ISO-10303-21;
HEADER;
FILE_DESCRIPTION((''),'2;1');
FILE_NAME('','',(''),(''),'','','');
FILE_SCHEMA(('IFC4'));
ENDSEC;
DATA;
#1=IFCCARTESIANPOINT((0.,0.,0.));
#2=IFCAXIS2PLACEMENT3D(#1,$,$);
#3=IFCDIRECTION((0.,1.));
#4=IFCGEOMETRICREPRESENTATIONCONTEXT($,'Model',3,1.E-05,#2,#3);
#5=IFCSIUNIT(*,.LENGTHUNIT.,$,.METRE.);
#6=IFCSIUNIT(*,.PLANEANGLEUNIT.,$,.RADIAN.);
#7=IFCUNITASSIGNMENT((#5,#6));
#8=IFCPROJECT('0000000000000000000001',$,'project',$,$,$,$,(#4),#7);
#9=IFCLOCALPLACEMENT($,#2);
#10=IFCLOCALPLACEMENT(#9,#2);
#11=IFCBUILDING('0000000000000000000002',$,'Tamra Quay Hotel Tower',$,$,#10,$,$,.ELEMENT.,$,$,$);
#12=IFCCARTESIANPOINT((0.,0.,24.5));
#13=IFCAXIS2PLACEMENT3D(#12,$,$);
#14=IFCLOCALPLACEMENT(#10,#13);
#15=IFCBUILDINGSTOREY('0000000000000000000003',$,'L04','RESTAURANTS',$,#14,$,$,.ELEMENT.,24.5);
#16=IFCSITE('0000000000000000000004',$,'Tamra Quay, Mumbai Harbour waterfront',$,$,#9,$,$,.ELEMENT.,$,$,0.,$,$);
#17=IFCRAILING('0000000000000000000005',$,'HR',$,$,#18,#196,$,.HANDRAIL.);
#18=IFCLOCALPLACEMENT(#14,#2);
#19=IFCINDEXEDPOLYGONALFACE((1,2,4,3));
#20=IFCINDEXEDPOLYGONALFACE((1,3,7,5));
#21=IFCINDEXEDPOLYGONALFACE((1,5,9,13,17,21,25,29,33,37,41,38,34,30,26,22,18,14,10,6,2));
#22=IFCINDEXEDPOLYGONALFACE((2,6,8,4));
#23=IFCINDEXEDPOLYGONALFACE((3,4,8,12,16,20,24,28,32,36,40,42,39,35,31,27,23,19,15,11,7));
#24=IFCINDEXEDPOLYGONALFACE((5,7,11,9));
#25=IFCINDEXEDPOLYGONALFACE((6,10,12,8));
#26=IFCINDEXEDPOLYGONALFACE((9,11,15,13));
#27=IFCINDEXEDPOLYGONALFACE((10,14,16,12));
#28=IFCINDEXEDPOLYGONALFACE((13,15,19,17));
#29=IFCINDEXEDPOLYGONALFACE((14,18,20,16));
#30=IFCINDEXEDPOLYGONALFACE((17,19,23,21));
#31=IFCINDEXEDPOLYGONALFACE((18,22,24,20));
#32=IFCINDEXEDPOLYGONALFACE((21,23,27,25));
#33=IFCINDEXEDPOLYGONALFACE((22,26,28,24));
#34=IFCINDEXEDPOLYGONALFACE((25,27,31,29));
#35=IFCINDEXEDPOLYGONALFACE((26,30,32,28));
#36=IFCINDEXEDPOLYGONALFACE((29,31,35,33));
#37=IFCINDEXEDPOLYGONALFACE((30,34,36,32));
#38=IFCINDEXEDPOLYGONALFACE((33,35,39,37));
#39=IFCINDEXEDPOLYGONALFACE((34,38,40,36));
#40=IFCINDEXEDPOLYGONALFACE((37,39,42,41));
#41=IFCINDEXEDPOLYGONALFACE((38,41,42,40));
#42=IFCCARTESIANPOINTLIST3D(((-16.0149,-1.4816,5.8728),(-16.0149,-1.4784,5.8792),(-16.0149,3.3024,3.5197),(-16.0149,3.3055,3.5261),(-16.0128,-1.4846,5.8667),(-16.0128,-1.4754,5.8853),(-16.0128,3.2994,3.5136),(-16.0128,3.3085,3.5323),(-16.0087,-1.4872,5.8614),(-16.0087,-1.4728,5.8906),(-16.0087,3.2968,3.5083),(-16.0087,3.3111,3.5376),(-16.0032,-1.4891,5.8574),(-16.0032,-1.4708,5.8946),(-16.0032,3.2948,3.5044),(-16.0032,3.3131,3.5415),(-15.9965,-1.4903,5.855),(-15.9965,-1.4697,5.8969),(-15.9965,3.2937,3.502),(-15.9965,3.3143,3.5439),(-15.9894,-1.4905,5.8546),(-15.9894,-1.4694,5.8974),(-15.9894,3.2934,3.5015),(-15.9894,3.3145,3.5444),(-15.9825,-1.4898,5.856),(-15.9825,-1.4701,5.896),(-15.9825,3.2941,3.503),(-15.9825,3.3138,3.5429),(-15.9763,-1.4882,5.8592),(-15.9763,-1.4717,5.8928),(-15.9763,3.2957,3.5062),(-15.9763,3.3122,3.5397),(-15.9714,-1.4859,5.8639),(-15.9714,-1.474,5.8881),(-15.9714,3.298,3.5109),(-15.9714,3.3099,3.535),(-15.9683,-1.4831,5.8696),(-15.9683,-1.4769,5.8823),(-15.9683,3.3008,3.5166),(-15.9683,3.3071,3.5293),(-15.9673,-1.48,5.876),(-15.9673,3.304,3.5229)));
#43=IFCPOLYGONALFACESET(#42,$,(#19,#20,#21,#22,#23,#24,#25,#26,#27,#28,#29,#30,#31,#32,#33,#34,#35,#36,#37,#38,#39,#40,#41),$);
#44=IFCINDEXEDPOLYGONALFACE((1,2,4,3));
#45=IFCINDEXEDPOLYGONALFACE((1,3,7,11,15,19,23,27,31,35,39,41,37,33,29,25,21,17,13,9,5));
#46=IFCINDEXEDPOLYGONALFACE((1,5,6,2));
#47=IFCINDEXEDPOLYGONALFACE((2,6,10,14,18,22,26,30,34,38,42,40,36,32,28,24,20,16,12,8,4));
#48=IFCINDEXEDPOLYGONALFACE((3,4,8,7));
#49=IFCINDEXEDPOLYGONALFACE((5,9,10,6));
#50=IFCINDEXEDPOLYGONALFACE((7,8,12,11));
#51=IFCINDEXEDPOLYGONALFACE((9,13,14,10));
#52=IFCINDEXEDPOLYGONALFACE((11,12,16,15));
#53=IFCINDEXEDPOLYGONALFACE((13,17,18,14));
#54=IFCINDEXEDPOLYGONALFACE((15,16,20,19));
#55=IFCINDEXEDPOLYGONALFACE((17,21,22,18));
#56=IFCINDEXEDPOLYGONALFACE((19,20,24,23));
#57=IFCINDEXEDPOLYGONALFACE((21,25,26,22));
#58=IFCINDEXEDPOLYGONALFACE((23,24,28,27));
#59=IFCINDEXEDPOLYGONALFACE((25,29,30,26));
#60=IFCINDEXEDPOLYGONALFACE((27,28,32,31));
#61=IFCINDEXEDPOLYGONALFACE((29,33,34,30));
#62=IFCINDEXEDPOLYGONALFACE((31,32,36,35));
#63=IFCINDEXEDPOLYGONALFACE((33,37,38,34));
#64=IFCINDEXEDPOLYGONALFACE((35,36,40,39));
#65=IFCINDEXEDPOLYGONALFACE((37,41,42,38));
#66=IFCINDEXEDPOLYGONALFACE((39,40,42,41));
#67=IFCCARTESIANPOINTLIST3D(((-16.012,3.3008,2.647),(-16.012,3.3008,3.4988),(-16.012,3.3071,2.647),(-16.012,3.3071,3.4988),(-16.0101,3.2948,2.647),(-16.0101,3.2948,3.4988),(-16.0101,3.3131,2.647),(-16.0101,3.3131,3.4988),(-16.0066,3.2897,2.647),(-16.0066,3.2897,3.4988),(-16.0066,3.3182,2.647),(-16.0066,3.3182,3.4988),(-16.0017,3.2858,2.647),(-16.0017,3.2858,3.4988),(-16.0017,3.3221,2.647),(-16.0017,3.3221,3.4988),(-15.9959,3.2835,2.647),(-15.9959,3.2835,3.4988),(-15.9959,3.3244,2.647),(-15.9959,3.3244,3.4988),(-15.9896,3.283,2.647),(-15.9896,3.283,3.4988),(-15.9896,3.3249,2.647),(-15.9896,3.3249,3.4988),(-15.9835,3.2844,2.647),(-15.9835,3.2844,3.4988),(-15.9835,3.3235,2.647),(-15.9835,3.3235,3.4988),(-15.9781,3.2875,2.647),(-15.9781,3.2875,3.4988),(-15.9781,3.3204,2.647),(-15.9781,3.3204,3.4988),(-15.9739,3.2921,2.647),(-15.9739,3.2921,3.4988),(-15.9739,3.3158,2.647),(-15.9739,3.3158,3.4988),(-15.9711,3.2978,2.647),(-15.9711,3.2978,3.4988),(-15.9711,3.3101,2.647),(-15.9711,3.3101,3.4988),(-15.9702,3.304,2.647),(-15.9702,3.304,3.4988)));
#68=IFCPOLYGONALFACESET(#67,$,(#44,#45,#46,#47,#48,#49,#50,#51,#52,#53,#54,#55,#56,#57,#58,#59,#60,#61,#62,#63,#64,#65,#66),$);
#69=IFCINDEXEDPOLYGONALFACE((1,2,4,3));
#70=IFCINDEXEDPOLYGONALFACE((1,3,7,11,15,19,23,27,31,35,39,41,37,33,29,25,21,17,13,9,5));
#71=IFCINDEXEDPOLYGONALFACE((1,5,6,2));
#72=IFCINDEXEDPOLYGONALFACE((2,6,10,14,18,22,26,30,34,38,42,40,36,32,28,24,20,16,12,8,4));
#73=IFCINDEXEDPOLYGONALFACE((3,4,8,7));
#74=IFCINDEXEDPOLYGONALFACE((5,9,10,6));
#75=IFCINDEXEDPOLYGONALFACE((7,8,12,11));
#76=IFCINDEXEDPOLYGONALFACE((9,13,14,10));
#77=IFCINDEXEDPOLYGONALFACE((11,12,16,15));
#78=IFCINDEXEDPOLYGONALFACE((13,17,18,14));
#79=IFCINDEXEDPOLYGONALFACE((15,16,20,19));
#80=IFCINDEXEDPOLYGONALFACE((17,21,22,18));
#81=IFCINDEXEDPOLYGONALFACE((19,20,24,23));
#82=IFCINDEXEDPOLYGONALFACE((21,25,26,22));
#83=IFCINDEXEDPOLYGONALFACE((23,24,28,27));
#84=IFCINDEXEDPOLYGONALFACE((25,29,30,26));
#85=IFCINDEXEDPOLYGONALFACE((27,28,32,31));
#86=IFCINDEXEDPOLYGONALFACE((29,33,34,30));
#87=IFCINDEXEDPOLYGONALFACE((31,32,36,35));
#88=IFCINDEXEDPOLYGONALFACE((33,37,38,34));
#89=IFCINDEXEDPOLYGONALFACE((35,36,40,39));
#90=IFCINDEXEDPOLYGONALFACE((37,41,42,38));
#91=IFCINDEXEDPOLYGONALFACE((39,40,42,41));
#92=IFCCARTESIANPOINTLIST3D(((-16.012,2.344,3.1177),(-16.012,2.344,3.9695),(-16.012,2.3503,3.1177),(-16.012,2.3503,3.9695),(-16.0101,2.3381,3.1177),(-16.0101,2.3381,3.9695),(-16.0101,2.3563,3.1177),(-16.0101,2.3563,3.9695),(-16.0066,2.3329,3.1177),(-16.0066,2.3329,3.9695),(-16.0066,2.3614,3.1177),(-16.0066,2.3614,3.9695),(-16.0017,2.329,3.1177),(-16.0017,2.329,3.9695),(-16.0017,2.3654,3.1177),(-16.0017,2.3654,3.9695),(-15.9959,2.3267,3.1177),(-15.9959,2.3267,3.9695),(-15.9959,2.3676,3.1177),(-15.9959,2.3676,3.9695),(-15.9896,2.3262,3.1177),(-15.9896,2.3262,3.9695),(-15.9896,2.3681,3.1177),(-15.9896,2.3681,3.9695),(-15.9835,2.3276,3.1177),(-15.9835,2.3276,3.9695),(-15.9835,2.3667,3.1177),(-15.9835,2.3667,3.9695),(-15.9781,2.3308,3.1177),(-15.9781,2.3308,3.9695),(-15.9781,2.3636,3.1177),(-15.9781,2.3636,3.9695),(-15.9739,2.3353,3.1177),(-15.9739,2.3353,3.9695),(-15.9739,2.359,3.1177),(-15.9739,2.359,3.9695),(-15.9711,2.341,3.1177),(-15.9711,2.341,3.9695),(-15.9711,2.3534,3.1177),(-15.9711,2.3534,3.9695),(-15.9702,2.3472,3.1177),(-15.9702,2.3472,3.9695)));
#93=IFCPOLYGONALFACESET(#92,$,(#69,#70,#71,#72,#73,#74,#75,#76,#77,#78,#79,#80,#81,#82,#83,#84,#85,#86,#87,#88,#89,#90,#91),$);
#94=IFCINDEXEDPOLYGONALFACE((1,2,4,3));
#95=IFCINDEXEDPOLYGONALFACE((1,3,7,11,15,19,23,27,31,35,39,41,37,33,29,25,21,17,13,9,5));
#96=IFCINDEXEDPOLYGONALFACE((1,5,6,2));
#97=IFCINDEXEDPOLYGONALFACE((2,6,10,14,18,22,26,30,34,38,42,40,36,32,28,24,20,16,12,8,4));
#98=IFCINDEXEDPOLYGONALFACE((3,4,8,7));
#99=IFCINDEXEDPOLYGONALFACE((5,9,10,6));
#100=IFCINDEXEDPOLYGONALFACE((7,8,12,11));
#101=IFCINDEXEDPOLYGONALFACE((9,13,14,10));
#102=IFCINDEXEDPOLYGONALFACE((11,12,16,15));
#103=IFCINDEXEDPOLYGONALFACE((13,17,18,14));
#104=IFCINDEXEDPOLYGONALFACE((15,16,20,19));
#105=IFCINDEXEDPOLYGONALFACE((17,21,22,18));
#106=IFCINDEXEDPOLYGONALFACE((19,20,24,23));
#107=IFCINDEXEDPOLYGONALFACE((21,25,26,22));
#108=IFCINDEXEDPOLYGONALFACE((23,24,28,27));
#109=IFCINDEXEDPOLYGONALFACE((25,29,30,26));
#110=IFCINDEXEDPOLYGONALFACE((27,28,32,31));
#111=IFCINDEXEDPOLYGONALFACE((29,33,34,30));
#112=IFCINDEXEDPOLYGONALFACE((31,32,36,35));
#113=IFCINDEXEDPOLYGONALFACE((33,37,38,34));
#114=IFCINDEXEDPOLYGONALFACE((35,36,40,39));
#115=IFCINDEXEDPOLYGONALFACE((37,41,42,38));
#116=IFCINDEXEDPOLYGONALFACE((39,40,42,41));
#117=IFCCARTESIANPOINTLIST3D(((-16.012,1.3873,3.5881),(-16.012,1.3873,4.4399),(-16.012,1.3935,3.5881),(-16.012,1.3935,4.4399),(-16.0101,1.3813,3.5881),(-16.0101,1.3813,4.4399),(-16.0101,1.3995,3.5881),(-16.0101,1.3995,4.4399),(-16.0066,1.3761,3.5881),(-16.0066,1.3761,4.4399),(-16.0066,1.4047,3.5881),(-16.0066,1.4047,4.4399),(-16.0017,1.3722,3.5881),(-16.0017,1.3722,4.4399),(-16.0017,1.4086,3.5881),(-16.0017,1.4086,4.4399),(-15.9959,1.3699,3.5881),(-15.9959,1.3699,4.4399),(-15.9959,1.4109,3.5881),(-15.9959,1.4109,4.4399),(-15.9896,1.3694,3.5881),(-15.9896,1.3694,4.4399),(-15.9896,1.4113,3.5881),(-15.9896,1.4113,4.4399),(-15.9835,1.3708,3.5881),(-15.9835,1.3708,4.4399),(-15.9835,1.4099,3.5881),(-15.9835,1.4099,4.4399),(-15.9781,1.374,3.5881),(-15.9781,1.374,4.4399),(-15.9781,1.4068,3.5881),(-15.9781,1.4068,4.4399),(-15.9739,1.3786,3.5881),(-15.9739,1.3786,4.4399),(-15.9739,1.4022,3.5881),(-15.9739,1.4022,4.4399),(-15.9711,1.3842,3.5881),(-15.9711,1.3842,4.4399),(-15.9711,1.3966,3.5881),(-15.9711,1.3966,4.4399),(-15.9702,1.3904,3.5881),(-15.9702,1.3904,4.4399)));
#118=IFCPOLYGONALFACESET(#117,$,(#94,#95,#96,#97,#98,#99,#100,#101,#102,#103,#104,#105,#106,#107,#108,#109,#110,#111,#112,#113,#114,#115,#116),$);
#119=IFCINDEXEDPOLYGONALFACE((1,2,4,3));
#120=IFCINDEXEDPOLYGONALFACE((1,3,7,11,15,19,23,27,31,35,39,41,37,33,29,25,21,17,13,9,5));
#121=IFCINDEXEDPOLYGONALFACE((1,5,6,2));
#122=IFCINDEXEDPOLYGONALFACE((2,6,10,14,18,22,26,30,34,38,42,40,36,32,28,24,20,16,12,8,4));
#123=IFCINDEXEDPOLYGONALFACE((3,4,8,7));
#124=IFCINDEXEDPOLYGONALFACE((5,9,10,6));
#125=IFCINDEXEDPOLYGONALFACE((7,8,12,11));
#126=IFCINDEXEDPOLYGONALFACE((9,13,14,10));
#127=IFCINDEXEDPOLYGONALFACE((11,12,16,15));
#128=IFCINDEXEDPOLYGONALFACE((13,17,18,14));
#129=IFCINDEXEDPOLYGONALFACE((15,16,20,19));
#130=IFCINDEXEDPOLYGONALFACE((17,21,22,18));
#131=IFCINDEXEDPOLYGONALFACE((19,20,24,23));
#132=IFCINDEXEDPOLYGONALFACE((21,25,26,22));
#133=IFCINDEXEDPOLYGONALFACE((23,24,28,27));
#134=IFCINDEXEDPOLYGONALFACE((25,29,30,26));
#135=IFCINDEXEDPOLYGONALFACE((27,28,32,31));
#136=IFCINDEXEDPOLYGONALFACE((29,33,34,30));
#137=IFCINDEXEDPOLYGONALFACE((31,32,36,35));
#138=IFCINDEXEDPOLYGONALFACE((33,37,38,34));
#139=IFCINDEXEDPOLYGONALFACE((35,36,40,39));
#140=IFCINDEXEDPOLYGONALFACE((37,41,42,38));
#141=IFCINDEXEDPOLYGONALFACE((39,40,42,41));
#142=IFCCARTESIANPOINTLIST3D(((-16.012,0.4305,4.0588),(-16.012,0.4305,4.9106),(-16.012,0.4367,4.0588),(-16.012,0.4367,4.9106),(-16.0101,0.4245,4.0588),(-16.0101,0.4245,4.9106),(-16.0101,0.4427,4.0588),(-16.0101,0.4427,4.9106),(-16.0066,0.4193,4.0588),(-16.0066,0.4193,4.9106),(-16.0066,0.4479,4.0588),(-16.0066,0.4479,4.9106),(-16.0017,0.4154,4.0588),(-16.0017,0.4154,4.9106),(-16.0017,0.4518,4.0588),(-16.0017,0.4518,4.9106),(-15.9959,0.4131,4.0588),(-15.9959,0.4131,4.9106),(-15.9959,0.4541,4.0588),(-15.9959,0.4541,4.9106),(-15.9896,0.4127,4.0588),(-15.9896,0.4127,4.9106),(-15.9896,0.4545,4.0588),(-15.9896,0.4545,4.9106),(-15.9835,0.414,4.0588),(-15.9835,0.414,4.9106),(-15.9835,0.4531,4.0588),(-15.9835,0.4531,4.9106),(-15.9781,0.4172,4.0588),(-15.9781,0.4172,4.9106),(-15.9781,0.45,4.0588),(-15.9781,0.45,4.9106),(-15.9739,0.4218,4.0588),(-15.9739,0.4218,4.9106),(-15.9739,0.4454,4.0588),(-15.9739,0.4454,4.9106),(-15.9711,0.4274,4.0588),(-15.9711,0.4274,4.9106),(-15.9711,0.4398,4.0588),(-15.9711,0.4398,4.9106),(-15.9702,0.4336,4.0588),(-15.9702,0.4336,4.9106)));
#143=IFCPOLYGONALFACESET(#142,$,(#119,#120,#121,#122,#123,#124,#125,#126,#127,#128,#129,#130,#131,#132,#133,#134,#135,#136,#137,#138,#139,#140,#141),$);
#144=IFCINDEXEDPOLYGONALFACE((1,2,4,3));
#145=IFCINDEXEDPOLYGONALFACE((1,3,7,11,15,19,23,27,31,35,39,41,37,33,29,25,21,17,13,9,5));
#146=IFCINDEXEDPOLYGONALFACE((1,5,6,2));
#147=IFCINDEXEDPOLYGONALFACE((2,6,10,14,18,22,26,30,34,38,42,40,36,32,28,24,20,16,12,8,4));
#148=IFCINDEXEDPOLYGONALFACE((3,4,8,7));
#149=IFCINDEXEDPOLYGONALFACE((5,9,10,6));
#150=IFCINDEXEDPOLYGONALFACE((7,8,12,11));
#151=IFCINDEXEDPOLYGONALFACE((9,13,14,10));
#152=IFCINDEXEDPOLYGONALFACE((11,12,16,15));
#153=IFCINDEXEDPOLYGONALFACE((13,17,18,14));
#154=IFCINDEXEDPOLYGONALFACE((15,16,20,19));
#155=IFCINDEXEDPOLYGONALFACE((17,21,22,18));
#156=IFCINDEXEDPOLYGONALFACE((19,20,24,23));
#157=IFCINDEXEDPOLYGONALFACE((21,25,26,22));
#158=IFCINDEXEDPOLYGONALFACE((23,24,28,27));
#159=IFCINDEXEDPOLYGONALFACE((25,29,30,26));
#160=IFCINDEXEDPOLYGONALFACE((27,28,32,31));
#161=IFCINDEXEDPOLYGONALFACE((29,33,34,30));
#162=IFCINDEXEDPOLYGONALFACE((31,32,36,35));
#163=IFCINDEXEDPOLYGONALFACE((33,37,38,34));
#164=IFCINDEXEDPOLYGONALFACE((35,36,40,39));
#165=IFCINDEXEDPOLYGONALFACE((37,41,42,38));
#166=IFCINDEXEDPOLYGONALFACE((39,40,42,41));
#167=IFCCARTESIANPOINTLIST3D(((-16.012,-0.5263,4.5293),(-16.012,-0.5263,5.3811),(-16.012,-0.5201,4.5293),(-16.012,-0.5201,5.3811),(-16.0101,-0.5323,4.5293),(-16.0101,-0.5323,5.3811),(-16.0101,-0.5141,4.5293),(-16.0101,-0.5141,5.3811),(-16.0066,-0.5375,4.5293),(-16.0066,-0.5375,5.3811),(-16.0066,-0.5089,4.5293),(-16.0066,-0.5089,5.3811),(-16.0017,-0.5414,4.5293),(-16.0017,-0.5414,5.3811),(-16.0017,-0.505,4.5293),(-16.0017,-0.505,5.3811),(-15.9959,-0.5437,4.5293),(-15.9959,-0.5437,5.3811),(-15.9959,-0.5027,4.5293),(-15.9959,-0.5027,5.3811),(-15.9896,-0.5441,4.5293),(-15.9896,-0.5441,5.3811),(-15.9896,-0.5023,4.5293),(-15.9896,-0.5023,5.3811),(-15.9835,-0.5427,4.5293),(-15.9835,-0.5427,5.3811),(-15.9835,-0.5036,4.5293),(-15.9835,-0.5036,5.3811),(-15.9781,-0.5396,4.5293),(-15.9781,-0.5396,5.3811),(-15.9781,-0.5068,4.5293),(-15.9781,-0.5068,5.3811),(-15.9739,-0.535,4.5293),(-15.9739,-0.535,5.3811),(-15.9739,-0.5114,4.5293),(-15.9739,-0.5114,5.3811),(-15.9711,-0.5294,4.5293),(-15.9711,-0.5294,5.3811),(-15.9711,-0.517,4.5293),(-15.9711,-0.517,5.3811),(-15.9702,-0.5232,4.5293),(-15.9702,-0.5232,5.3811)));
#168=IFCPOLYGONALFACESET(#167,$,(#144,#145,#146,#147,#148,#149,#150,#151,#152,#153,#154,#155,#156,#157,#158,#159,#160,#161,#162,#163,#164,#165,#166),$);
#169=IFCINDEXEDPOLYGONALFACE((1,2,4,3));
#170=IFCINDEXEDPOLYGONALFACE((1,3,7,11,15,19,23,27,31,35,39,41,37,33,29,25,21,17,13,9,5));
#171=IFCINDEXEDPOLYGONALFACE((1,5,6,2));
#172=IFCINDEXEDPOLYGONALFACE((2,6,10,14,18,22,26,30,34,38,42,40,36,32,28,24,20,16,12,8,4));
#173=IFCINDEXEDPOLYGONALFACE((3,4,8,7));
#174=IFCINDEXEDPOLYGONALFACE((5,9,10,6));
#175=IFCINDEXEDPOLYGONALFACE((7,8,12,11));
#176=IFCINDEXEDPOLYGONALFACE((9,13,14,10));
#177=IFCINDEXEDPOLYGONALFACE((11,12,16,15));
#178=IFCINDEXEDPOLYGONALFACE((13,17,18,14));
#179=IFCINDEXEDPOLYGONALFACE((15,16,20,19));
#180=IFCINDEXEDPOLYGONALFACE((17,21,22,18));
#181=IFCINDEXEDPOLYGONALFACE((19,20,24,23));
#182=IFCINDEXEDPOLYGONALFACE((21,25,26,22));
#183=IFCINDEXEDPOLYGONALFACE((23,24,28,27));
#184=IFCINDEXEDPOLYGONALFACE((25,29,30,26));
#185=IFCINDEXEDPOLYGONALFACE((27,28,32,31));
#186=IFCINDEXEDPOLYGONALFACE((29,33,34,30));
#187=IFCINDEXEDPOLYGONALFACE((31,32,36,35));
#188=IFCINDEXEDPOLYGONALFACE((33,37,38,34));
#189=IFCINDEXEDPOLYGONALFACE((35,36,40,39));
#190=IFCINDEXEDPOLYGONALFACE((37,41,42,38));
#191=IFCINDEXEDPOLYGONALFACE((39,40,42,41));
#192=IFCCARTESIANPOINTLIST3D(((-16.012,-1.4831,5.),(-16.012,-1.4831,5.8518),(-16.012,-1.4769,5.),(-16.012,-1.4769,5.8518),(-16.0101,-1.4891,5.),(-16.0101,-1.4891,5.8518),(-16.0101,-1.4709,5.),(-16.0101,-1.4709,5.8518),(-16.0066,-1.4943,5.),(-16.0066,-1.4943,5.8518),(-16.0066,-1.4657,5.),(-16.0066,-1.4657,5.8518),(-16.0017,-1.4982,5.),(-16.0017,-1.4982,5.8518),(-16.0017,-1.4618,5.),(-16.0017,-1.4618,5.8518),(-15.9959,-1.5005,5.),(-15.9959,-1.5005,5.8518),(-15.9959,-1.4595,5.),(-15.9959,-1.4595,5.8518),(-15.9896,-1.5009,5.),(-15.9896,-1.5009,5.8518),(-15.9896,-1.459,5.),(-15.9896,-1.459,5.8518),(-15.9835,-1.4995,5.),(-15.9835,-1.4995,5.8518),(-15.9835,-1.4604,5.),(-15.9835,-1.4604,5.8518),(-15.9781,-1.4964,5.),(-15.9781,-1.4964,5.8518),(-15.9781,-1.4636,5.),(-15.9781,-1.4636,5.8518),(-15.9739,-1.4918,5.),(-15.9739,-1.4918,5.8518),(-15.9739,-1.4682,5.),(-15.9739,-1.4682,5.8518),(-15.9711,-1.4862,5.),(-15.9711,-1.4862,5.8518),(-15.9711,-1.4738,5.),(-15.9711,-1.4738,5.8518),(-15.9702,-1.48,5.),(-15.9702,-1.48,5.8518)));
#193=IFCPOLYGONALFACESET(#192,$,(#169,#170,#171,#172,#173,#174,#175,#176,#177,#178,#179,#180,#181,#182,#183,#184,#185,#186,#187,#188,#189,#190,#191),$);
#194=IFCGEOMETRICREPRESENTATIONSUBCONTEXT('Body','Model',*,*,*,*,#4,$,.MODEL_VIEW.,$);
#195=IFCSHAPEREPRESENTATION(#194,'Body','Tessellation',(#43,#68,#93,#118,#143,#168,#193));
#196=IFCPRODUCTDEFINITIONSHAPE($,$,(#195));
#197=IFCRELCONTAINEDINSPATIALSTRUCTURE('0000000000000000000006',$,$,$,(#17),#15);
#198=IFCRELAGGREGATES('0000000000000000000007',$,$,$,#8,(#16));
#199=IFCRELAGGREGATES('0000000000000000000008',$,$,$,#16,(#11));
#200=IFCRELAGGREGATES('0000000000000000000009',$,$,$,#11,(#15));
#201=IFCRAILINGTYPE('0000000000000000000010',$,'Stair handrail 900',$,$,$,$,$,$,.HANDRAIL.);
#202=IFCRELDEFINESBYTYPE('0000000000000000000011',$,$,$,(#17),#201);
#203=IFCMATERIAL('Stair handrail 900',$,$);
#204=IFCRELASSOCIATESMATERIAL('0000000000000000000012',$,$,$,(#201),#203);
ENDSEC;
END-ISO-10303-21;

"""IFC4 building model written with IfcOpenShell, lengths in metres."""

from ifc_helpers import new_model, si_unit, direction, frame, origin, origin_2d, place, context, subcontext, project, spatial, circle, extrude, material, type_object, element, save


model = new_model("IFC4")

# Units and contexts
model_context = context("Model", 3, precision=1e-05, world=origin(), true_north=direction((0.0, 1.0)))
body_context = subcontext(model_context, "Body", "Model", "MODEL_VIEW")
ifc_project = project(units=[si_unit("LENGTHUNIT", "METRE"), si_unit("PLANEANGLEUNIT", "RADIAN")], contexts=[model_context])

# Site, building, storey
site_placement = place(None, origin())
site = spatial("IfcSite", under=ifc_project, at=site_placement, Name="Tamra Quay, Mumbai Harbour waterfront", CompositionType="ELEMENT", RefElevation=0.0)
building_placement = place(site_placement, origin())
building = spatial("IfcBuilding", under=site, at=building_placement, Name="Tamra Quay Hotel Tower", CompositionType="ELEMENT")
storey_placement = place(building_placement, frame((0.0, 0.0, 24.5)))
storey = spatial("IfcBuildingStorey", under=building, at=storey_placement, Name="L04", Description="RESTAURANTS", CompositionType="ELEMENT", Elevation=24.5)

# Railing
ifc_material_1 = material(Name="Stair handrail 900")
railing_type = type_object("IfcRailingType", Name="Stair handrail 900", PredefinedType="HANDRAIL", material=ifc_material_1)
railing_placement = place(storey_placement, frame((-15.9912, 3.304, 2.647)))
element("IfcRailing", 1, at=railing_placement, inside=storey, type_object=railing_type, Name="HR", PredefinedType="HANDRAIL", context=body_context, shape_type="SweptSolid", body=[
    extrude(circle(Radius=0.0239, at=origin_2d()), frame((0.0, 0.0, 0.876), z_axis=(0.0, -0.89733, 0.441361), x_axis=(1.0, 0.0, 0.0)), (0.0, 0.0, 1.0), 5.3313),
    extrude(circle(Radius=0.021, at=origin_2d()), origin(), (0.0, 0.0, 1.0), 0.8518),
    extrude(circle(Radius=0.021, at=origin_2d()), frame((0.0, -0.9568, 0.4707)), (0.0, 0.0, 1.0), 0.8518),
    extrude(circle(Radius=0.021, at=origin_2d()), frame((0.0, -1.9136, 0.9412)), (0.0, 0.0, 1.0), 0.8518),
    extrude(circle(Radius=0.021, at=origin_2d()), frame((0.0, -2.8704, 1.4119)), (0.0, 0.0, 1.0), 0.8518),
    extrude(circle(Radius=0.021, at=origin_2d()), frame((0.0, -3.8271, 1.8823)), (0.0, 0.0, 1.0), 0.8518),
    extrude(circle(Radius=0.021, at=origin_2d()), frame((0.0, -4.7839, 2.353)), (0.0, 0.0, 1.0), 0.8518),
])

save(model, "model.ifc")
